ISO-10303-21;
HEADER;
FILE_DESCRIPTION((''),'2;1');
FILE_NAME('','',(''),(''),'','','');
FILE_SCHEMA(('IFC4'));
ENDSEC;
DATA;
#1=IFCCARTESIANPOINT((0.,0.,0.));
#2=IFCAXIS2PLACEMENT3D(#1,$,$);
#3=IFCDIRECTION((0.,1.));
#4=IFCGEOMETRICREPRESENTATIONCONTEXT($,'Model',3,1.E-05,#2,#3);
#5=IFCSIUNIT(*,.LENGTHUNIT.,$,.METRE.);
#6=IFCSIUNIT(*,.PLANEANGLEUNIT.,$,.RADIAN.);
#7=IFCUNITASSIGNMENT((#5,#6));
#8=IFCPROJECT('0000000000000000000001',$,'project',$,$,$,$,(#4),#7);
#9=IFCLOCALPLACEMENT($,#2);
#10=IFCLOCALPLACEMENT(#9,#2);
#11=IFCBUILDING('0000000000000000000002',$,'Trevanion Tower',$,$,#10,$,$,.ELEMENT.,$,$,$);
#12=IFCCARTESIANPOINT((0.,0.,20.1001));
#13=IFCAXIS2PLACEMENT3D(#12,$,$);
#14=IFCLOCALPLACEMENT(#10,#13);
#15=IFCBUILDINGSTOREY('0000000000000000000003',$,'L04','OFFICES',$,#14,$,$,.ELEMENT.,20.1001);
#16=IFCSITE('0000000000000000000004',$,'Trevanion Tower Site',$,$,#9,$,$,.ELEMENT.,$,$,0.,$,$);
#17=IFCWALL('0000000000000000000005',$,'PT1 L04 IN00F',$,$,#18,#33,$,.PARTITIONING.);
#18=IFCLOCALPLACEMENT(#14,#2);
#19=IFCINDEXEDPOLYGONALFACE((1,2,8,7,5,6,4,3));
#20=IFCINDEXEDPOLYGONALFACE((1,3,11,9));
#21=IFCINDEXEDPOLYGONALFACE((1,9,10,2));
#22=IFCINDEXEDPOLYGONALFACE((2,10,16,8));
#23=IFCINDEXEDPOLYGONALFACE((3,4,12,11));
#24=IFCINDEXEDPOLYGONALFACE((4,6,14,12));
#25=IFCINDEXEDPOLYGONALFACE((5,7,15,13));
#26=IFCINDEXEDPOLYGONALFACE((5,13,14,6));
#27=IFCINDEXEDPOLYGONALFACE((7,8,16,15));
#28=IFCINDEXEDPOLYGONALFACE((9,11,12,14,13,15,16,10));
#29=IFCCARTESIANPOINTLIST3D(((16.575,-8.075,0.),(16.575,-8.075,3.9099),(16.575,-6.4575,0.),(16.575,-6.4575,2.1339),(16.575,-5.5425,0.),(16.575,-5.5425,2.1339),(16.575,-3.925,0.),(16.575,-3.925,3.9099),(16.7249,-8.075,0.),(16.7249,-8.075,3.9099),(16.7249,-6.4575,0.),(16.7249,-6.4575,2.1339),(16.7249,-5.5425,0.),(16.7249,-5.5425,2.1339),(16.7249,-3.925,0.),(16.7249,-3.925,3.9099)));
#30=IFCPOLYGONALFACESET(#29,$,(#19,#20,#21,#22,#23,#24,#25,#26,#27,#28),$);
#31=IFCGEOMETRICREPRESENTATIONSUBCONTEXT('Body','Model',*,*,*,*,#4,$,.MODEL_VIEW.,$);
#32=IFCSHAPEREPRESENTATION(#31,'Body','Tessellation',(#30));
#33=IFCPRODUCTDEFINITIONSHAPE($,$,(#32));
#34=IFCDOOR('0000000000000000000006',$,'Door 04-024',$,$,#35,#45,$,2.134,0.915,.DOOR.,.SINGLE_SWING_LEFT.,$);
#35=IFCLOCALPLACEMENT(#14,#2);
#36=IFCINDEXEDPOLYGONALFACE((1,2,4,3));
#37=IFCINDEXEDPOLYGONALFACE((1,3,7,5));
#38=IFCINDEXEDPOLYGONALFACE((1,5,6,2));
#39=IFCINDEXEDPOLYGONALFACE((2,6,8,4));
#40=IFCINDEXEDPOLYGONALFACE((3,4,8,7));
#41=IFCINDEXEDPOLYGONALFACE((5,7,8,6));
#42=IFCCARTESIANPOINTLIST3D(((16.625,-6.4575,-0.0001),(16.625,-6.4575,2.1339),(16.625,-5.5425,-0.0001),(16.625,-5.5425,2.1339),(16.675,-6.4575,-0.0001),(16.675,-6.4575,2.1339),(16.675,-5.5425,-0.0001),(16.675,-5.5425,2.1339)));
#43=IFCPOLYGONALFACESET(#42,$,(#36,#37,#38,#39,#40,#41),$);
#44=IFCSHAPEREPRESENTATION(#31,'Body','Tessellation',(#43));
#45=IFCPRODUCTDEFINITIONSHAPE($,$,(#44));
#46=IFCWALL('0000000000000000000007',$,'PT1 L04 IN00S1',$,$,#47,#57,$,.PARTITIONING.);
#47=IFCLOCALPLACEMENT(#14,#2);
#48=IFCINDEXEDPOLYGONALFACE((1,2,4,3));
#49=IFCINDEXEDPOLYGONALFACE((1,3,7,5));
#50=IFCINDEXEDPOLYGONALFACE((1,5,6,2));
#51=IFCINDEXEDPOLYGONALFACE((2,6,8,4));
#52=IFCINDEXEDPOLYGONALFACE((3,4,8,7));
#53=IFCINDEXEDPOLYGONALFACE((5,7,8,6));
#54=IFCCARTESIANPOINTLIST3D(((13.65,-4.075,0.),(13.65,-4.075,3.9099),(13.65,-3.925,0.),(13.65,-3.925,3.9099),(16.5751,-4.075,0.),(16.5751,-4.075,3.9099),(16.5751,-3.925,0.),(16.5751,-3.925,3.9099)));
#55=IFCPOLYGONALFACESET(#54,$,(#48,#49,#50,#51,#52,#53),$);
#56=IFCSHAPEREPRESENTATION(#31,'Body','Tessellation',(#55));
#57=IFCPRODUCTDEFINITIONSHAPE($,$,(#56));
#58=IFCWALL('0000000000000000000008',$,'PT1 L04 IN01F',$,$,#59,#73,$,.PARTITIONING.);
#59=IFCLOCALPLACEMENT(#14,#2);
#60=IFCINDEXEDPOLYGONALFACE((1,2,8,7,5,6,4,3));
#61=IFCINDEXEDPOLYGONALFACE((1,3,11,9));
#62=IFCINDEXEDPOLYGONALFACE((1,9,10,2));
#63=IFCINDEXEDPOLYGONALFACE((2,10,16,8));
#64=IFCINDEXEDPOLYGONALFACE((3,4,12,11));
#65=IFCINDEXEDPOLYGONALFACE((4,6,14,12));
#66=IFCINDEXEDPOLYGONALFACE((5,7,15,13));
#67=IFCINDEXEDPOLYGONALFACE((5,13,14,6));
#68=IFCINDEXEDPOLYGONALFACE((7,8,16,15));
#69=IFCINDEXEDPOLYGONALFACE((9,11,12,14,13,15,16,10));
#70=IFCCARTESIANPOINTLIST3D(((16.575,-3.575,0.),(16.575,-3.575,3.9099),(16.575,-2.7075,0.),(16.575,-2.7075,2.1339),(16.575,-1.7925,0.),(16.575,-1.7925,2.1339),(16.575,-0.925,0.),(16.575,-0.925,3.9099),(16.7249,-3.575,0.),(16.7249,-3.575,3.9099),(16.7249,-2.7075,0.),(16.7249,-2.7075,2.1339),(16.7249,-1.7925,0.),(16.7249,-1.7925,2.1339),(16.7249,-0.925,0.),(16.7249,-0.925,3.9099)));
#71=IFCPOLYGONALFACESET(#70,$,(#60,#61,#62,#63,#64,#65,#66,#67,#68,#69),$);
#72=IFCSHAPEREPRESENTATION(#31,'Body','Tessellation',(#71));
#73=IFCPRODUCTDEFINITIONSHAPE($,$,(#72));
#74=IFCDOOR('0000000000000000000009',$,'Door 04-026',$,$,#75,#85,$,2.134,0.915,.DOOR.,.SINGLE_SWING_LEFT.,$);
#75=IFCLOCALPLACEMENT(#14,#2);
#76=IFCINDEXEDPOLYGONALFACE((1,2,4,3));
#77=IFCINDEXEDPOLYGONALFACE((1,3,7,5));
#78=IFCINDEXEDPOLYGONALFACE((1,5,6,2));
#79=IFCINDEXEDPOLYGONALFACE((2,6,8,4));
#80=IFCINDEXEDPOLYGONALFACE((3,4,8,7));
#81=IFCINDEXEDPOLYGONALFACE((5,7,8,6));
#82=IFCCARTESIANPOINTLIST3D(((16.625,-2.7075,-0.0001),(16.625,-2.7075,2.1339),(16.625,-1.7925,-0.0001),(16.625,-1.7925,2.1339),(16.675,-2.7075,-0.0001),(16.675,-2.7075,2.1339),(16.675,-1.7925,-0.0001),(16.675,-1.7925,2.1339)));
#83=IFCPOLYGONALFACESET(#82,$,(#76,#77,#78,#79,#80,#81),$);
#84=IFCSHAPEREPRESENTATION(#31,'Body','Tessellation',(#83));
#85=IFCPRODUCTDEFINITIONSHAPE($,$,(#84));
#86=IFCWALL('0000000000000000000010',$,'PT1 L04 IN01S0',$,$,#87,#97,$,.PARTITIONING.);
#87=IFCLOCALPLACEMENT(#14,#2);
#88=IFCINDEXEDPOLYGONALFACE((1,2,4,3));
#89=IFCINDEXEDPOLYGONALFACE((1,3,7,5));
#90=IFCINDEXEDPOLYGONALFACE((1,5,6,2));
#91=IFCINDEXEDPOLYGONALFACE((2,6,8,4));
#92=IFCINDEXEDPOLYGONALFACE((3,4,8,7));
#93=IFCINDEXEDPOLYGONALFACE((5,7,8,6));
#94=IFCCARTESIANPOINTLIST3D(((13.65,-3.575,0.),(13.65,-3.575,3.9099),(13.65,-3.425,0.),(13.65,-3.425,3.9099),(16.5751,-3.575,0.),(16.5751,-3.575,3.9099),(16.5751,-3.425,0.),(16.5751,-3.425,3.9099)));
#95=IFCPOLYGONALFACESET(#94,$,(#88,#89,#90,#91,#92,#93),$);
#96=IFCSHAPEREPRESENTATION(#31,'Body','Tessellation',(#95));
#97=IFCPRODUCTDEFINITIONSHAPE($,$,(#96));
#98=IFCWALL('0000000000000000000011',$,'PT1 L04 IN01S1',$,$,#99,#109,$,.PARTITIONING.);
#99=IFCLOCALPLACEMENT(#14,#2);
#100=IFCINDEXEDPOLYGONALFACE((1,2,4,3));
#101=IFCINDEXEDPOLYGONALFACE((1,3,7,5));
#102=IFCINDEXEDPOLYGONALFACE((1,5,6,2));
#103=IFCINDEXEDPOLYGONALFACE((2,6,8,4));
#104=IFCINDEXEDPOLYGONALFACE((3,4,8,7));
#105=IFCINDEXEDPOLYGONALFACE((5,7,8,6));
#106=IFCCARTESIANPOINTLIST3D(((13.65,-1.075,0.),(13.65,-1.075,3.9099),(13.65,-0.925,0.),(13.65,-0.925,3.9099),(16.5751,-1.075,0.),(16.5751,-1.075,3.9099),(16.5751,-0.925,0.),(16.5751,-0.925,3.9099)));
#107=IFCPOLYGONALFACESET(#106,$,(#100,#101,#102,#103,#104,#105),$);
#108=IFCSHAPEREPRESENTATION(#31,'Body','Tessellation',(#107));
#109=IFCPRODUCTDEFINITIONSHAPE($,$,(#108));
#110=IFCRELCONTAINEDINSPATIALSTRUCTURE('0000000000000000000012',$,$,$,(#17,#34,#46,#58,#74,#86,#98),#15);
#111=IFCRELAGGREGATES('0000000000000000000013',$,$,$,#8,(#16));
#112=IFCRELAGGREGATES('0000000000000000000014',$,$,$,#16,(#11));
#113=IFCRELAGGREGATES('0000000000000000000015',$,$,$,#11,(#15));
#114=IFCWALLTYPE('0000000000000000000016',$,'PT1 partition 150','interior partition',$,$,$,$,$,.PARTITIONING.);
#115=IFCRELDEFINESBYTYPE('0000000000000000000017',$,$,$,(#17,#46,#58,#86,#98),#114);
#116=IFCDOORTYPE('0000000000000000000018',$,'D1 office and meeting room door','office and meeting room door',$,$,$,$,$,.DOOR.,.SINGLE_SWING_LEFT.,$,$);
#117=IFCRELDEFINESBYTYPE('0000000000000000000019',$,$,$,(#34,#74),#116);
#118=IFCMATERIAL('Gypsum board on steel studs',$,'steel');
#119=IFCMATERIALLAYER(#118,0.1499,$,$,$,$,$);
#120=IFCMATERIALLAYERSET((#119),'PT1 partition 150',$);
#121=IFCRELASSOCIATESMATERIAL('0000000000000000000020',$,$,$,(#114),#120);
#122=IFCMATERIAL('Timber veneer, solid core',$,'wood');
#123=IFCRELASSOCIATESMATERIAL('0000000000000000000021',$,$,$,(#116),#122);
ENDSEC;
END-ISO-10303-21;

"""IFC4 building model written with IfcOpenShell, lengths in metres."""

from ifc_helpers import new_model, si_unit, direction, frame, frame_2d, origin, place, context, subcontext, project, spatial, rectangle, extrude, material, layer, layer_set, type_object, element, fill, save


model = new_model("IFC4")

# Units and contexts
model_context = context("Model", 3, precision=1e-05, world=origin(), true_north=direction((0.0, 1.0)))
body_context = subcontext(model_context, "Body", "Model", "MODEL_VIEW")
ifc_project = project(units=[si_unit("LENGTHUNIT", "METRE"), si_unit("PLANEANGLEUNIT", "RADIAN")], contexts=[model_context])

# Site, building, storey
site_placement = place(None, origin())
site = spatial("IfcSite", under=ifc_project, at=site_placement, Name="Trevanion Tower Site", CompositionType="ELEMENT", RefElevation=0.0)
building_placement = place(site_placement, origin())
building = spatial("IfcBuilding", under=site, at=building_placement, Name="Trevanion Tower", CompositionType="ELEMENT")
storey_placement = place(building_placement, frame((0.0, 0.0, 20.1001)))
storey = spatial("IfcBuildingStorey", under=building, at=storey_placement, Name="L04", Description="OFFICES", CompositionType="ELEMENT", Elevation=20.1001)

# Shared definitions
ifc_material_1 = material(Name="Gypsum board on steel studs", Category="steel")
ifc_layer_1 = layer(ifc_material_1, 0.1499)
ifc_layer_set_1 = layer_set([ifc_layer_1], Name="PT1 partition 150")
wall_type = type_object("IfcWallType", Name="PT1 partition 150", Description="interior partition", PredefinedType="PARTITIONING", material=ifc_layer_set_1)

# Wall, opening, door
wall_1_placement = place(storey_placement, frame((16.6499, -8.075, 0.0), z_axis=(0.0, 0.0, 1.0), x_axis=(0.0, 1.0, 0.0)))
wall_1 = element("IfcWall", 1, at=wall_1_placement, inside=storey, type_object=wall_type, Name="PT1 L04 IN00F", PredefinedType="PARTITIONING", context=body_context, shape_type="SweptSolid", body=[
    extrude(rectangle(XDim=4.1499, YDim=0.1499, at=frame_2d((2.075, 0.0))), origin(), (0.0, 0.0, 1.0), 3.9099),
])
opening_1_placement = place(wall_1_placement, frame((1.6174, 0.0, 0.0)))
opening_1 = element("IfcOpeningElement", 2, at=opening_1_placement, cuts=wall_1, PredefinedType="OPENING", context=body_context, shape_type="SweptSolid", body=[
    extrude(rectangle(XDim=0.915, YDim=2.134, at=frame_2d((0.4575, 1.0669))), frame((0.0, 0.085, 0.0), z_axis=(0.0, -1.0, 0.0), x_axis=(1.0, 0.0, 0.0)), (0.0, 0.0, 1.0), 0.1699),
])
ifc_material_2 = material(Name="Timber veneer, solid core", Category="wood")
door_type = type_object("IfcDoorType", Name="D1 office and meeting room door", Description="office and meeting room door", OperationType="SINGLE_SWING_LEFT", PredefinedType="DOOR", material=ifc_material_2)
door_1_placement = place(opening_1_placement, origin())
door_1 = element("IfcDoor", 3, at=door_1_placement, inside=storey, type_object=door_type, Name="Door 04-024", OperationType="SINGLE_SWING_LEFT", OverallHeight=2.134, OverallWidth=0.915, PredefinedType="DOOR", context=body_context, shape_type="SweptSolid", body=[
    extrude(rectangle(XDim=0.915, YDim=2.134, at=frame_2d((0.4575, 1.0669))), frame((0.0, 0.0249, 0.0), z_axis=(0.0, -1.0, 0.0), x_axis=(1.0, 0.0, 0.0)), (0.0, 0.0, 1.0), 0.05),
])
fill(opening_1, door_1)

# Wall
wall_2_placement = place(storey_placement, frame((16.575, -4.0, 0.0), z_axis=(0.0, 0.0, 1.0), x_axis=(-1.0, 0.0, 0.0)))
element("IfcWall", 4, at=wall_2_placement, inside=storey, type_object=wall_type, Name="PT1 L04 IN00S1", PredefinedType="PARTITIONING", context=body_context, shape_type="SweptSolid", body=[
    extrude(rectangle(XDim=2.925, YDim=0.1499, at=frame_2d((1.4624, 0.0))), origin(), (0.0, 0.0, 1.0), 3.9099),
])

# Wall, opening, door
wall_3_placement = place(storey_placement, frame((16.6499, -3.575, 0.0), z_axis=(0.0, 0.0, 1.0), x_axis=(0.0, 1.0, 0.0)))
wall_3 = element("IfcWall", 5, at=wall_3_placement, inside=storey, type_object=wall_type, Name="PT1 L04 IN01F", PredefinedType="PARTITIONING", context=body_context, shape_type="SweptSolid", body=[
    extrude(rectangle(XDim=2.6499, YDim=0.1499, at=frame_2d((1.325, 0.0))), origin(), (0.0, 0.0, 1.0), 3.9099),
])
opening_2_placement = place(wall_3_placement, frame((0.8674, 0.0, 0.0)))
opening_2 = element("IfcOpeningElement", 6, at=opening_2_placement, cuts=wall_3, PredefinedType="OPENING", context=body_context, shape_type="SweptSolid", body=[
    extrude(rectangle(XDim=0.915, YDim=2.134, at=frame_2d((0.4575, 1.0669))), frame((0.0, 0.085, 0.0), z_axis=(0.0, -1.0, 0.0), x_axis=(1.0, 0.0, 0.0)), (0.0, 0.0, 1.0), 0.1699),
])
door_2_placement = place(opening_2_placement, origin())
door_2 = element("IfcDoor", 7, at=door_2_placement, inside=storey, type_object=door_type, Name="Door 04-026", OperationType="SINGLE_SWING_LEFT", OverallHeight=2.134, OverallWidth=0.915, PredefinedType="DOOR", context=body_context, shape_type="SweptSolid", body=[
    extrude(rectangle(XDim=0.915, YDim=2.134, at=frame_2d((0.4575, 1.0669))), frame((0.0, 0.0249, 0.0), z_axis=(0.0, -1.0, 0.0), x_axis=(1.0, 0.0, 0.0)), (0.0, 0.0, 1.0), 0.05),
])
fill(opening_2, door_2)

# Walls
for number, where, z_axis, x_axis, name in (
    (8, (16.575, -3.5, 0.0), (0.0, 0.0, 1.0), (-1.0, 0.0, 0.0), "PT1 L04 IN01S0"),
    (9, (16.575, -1.0, 0.0), (0.0, 0.0, 1.0), (-1.0, 0.0, 0.0), "PT1 L04 IN01S1"),
):
    element("IfcWall", number, at=place(storey_placement, frame(where, z_axis=z_axis, x_axis=x_axis)), inside=storey, type_object=wall_type, Name=name, PredefinedType="PARTITIONING", context=body_context, shape_type="SweptSolid", body=[
        extrude(rectangle(XDim=2.925, YDim=0.1499, at=frame_2d((1.4624, 0.0))), origin(), (0.0, 0.0, 1.0), 3.9099),
    ])

save(model, "model.ifc")
